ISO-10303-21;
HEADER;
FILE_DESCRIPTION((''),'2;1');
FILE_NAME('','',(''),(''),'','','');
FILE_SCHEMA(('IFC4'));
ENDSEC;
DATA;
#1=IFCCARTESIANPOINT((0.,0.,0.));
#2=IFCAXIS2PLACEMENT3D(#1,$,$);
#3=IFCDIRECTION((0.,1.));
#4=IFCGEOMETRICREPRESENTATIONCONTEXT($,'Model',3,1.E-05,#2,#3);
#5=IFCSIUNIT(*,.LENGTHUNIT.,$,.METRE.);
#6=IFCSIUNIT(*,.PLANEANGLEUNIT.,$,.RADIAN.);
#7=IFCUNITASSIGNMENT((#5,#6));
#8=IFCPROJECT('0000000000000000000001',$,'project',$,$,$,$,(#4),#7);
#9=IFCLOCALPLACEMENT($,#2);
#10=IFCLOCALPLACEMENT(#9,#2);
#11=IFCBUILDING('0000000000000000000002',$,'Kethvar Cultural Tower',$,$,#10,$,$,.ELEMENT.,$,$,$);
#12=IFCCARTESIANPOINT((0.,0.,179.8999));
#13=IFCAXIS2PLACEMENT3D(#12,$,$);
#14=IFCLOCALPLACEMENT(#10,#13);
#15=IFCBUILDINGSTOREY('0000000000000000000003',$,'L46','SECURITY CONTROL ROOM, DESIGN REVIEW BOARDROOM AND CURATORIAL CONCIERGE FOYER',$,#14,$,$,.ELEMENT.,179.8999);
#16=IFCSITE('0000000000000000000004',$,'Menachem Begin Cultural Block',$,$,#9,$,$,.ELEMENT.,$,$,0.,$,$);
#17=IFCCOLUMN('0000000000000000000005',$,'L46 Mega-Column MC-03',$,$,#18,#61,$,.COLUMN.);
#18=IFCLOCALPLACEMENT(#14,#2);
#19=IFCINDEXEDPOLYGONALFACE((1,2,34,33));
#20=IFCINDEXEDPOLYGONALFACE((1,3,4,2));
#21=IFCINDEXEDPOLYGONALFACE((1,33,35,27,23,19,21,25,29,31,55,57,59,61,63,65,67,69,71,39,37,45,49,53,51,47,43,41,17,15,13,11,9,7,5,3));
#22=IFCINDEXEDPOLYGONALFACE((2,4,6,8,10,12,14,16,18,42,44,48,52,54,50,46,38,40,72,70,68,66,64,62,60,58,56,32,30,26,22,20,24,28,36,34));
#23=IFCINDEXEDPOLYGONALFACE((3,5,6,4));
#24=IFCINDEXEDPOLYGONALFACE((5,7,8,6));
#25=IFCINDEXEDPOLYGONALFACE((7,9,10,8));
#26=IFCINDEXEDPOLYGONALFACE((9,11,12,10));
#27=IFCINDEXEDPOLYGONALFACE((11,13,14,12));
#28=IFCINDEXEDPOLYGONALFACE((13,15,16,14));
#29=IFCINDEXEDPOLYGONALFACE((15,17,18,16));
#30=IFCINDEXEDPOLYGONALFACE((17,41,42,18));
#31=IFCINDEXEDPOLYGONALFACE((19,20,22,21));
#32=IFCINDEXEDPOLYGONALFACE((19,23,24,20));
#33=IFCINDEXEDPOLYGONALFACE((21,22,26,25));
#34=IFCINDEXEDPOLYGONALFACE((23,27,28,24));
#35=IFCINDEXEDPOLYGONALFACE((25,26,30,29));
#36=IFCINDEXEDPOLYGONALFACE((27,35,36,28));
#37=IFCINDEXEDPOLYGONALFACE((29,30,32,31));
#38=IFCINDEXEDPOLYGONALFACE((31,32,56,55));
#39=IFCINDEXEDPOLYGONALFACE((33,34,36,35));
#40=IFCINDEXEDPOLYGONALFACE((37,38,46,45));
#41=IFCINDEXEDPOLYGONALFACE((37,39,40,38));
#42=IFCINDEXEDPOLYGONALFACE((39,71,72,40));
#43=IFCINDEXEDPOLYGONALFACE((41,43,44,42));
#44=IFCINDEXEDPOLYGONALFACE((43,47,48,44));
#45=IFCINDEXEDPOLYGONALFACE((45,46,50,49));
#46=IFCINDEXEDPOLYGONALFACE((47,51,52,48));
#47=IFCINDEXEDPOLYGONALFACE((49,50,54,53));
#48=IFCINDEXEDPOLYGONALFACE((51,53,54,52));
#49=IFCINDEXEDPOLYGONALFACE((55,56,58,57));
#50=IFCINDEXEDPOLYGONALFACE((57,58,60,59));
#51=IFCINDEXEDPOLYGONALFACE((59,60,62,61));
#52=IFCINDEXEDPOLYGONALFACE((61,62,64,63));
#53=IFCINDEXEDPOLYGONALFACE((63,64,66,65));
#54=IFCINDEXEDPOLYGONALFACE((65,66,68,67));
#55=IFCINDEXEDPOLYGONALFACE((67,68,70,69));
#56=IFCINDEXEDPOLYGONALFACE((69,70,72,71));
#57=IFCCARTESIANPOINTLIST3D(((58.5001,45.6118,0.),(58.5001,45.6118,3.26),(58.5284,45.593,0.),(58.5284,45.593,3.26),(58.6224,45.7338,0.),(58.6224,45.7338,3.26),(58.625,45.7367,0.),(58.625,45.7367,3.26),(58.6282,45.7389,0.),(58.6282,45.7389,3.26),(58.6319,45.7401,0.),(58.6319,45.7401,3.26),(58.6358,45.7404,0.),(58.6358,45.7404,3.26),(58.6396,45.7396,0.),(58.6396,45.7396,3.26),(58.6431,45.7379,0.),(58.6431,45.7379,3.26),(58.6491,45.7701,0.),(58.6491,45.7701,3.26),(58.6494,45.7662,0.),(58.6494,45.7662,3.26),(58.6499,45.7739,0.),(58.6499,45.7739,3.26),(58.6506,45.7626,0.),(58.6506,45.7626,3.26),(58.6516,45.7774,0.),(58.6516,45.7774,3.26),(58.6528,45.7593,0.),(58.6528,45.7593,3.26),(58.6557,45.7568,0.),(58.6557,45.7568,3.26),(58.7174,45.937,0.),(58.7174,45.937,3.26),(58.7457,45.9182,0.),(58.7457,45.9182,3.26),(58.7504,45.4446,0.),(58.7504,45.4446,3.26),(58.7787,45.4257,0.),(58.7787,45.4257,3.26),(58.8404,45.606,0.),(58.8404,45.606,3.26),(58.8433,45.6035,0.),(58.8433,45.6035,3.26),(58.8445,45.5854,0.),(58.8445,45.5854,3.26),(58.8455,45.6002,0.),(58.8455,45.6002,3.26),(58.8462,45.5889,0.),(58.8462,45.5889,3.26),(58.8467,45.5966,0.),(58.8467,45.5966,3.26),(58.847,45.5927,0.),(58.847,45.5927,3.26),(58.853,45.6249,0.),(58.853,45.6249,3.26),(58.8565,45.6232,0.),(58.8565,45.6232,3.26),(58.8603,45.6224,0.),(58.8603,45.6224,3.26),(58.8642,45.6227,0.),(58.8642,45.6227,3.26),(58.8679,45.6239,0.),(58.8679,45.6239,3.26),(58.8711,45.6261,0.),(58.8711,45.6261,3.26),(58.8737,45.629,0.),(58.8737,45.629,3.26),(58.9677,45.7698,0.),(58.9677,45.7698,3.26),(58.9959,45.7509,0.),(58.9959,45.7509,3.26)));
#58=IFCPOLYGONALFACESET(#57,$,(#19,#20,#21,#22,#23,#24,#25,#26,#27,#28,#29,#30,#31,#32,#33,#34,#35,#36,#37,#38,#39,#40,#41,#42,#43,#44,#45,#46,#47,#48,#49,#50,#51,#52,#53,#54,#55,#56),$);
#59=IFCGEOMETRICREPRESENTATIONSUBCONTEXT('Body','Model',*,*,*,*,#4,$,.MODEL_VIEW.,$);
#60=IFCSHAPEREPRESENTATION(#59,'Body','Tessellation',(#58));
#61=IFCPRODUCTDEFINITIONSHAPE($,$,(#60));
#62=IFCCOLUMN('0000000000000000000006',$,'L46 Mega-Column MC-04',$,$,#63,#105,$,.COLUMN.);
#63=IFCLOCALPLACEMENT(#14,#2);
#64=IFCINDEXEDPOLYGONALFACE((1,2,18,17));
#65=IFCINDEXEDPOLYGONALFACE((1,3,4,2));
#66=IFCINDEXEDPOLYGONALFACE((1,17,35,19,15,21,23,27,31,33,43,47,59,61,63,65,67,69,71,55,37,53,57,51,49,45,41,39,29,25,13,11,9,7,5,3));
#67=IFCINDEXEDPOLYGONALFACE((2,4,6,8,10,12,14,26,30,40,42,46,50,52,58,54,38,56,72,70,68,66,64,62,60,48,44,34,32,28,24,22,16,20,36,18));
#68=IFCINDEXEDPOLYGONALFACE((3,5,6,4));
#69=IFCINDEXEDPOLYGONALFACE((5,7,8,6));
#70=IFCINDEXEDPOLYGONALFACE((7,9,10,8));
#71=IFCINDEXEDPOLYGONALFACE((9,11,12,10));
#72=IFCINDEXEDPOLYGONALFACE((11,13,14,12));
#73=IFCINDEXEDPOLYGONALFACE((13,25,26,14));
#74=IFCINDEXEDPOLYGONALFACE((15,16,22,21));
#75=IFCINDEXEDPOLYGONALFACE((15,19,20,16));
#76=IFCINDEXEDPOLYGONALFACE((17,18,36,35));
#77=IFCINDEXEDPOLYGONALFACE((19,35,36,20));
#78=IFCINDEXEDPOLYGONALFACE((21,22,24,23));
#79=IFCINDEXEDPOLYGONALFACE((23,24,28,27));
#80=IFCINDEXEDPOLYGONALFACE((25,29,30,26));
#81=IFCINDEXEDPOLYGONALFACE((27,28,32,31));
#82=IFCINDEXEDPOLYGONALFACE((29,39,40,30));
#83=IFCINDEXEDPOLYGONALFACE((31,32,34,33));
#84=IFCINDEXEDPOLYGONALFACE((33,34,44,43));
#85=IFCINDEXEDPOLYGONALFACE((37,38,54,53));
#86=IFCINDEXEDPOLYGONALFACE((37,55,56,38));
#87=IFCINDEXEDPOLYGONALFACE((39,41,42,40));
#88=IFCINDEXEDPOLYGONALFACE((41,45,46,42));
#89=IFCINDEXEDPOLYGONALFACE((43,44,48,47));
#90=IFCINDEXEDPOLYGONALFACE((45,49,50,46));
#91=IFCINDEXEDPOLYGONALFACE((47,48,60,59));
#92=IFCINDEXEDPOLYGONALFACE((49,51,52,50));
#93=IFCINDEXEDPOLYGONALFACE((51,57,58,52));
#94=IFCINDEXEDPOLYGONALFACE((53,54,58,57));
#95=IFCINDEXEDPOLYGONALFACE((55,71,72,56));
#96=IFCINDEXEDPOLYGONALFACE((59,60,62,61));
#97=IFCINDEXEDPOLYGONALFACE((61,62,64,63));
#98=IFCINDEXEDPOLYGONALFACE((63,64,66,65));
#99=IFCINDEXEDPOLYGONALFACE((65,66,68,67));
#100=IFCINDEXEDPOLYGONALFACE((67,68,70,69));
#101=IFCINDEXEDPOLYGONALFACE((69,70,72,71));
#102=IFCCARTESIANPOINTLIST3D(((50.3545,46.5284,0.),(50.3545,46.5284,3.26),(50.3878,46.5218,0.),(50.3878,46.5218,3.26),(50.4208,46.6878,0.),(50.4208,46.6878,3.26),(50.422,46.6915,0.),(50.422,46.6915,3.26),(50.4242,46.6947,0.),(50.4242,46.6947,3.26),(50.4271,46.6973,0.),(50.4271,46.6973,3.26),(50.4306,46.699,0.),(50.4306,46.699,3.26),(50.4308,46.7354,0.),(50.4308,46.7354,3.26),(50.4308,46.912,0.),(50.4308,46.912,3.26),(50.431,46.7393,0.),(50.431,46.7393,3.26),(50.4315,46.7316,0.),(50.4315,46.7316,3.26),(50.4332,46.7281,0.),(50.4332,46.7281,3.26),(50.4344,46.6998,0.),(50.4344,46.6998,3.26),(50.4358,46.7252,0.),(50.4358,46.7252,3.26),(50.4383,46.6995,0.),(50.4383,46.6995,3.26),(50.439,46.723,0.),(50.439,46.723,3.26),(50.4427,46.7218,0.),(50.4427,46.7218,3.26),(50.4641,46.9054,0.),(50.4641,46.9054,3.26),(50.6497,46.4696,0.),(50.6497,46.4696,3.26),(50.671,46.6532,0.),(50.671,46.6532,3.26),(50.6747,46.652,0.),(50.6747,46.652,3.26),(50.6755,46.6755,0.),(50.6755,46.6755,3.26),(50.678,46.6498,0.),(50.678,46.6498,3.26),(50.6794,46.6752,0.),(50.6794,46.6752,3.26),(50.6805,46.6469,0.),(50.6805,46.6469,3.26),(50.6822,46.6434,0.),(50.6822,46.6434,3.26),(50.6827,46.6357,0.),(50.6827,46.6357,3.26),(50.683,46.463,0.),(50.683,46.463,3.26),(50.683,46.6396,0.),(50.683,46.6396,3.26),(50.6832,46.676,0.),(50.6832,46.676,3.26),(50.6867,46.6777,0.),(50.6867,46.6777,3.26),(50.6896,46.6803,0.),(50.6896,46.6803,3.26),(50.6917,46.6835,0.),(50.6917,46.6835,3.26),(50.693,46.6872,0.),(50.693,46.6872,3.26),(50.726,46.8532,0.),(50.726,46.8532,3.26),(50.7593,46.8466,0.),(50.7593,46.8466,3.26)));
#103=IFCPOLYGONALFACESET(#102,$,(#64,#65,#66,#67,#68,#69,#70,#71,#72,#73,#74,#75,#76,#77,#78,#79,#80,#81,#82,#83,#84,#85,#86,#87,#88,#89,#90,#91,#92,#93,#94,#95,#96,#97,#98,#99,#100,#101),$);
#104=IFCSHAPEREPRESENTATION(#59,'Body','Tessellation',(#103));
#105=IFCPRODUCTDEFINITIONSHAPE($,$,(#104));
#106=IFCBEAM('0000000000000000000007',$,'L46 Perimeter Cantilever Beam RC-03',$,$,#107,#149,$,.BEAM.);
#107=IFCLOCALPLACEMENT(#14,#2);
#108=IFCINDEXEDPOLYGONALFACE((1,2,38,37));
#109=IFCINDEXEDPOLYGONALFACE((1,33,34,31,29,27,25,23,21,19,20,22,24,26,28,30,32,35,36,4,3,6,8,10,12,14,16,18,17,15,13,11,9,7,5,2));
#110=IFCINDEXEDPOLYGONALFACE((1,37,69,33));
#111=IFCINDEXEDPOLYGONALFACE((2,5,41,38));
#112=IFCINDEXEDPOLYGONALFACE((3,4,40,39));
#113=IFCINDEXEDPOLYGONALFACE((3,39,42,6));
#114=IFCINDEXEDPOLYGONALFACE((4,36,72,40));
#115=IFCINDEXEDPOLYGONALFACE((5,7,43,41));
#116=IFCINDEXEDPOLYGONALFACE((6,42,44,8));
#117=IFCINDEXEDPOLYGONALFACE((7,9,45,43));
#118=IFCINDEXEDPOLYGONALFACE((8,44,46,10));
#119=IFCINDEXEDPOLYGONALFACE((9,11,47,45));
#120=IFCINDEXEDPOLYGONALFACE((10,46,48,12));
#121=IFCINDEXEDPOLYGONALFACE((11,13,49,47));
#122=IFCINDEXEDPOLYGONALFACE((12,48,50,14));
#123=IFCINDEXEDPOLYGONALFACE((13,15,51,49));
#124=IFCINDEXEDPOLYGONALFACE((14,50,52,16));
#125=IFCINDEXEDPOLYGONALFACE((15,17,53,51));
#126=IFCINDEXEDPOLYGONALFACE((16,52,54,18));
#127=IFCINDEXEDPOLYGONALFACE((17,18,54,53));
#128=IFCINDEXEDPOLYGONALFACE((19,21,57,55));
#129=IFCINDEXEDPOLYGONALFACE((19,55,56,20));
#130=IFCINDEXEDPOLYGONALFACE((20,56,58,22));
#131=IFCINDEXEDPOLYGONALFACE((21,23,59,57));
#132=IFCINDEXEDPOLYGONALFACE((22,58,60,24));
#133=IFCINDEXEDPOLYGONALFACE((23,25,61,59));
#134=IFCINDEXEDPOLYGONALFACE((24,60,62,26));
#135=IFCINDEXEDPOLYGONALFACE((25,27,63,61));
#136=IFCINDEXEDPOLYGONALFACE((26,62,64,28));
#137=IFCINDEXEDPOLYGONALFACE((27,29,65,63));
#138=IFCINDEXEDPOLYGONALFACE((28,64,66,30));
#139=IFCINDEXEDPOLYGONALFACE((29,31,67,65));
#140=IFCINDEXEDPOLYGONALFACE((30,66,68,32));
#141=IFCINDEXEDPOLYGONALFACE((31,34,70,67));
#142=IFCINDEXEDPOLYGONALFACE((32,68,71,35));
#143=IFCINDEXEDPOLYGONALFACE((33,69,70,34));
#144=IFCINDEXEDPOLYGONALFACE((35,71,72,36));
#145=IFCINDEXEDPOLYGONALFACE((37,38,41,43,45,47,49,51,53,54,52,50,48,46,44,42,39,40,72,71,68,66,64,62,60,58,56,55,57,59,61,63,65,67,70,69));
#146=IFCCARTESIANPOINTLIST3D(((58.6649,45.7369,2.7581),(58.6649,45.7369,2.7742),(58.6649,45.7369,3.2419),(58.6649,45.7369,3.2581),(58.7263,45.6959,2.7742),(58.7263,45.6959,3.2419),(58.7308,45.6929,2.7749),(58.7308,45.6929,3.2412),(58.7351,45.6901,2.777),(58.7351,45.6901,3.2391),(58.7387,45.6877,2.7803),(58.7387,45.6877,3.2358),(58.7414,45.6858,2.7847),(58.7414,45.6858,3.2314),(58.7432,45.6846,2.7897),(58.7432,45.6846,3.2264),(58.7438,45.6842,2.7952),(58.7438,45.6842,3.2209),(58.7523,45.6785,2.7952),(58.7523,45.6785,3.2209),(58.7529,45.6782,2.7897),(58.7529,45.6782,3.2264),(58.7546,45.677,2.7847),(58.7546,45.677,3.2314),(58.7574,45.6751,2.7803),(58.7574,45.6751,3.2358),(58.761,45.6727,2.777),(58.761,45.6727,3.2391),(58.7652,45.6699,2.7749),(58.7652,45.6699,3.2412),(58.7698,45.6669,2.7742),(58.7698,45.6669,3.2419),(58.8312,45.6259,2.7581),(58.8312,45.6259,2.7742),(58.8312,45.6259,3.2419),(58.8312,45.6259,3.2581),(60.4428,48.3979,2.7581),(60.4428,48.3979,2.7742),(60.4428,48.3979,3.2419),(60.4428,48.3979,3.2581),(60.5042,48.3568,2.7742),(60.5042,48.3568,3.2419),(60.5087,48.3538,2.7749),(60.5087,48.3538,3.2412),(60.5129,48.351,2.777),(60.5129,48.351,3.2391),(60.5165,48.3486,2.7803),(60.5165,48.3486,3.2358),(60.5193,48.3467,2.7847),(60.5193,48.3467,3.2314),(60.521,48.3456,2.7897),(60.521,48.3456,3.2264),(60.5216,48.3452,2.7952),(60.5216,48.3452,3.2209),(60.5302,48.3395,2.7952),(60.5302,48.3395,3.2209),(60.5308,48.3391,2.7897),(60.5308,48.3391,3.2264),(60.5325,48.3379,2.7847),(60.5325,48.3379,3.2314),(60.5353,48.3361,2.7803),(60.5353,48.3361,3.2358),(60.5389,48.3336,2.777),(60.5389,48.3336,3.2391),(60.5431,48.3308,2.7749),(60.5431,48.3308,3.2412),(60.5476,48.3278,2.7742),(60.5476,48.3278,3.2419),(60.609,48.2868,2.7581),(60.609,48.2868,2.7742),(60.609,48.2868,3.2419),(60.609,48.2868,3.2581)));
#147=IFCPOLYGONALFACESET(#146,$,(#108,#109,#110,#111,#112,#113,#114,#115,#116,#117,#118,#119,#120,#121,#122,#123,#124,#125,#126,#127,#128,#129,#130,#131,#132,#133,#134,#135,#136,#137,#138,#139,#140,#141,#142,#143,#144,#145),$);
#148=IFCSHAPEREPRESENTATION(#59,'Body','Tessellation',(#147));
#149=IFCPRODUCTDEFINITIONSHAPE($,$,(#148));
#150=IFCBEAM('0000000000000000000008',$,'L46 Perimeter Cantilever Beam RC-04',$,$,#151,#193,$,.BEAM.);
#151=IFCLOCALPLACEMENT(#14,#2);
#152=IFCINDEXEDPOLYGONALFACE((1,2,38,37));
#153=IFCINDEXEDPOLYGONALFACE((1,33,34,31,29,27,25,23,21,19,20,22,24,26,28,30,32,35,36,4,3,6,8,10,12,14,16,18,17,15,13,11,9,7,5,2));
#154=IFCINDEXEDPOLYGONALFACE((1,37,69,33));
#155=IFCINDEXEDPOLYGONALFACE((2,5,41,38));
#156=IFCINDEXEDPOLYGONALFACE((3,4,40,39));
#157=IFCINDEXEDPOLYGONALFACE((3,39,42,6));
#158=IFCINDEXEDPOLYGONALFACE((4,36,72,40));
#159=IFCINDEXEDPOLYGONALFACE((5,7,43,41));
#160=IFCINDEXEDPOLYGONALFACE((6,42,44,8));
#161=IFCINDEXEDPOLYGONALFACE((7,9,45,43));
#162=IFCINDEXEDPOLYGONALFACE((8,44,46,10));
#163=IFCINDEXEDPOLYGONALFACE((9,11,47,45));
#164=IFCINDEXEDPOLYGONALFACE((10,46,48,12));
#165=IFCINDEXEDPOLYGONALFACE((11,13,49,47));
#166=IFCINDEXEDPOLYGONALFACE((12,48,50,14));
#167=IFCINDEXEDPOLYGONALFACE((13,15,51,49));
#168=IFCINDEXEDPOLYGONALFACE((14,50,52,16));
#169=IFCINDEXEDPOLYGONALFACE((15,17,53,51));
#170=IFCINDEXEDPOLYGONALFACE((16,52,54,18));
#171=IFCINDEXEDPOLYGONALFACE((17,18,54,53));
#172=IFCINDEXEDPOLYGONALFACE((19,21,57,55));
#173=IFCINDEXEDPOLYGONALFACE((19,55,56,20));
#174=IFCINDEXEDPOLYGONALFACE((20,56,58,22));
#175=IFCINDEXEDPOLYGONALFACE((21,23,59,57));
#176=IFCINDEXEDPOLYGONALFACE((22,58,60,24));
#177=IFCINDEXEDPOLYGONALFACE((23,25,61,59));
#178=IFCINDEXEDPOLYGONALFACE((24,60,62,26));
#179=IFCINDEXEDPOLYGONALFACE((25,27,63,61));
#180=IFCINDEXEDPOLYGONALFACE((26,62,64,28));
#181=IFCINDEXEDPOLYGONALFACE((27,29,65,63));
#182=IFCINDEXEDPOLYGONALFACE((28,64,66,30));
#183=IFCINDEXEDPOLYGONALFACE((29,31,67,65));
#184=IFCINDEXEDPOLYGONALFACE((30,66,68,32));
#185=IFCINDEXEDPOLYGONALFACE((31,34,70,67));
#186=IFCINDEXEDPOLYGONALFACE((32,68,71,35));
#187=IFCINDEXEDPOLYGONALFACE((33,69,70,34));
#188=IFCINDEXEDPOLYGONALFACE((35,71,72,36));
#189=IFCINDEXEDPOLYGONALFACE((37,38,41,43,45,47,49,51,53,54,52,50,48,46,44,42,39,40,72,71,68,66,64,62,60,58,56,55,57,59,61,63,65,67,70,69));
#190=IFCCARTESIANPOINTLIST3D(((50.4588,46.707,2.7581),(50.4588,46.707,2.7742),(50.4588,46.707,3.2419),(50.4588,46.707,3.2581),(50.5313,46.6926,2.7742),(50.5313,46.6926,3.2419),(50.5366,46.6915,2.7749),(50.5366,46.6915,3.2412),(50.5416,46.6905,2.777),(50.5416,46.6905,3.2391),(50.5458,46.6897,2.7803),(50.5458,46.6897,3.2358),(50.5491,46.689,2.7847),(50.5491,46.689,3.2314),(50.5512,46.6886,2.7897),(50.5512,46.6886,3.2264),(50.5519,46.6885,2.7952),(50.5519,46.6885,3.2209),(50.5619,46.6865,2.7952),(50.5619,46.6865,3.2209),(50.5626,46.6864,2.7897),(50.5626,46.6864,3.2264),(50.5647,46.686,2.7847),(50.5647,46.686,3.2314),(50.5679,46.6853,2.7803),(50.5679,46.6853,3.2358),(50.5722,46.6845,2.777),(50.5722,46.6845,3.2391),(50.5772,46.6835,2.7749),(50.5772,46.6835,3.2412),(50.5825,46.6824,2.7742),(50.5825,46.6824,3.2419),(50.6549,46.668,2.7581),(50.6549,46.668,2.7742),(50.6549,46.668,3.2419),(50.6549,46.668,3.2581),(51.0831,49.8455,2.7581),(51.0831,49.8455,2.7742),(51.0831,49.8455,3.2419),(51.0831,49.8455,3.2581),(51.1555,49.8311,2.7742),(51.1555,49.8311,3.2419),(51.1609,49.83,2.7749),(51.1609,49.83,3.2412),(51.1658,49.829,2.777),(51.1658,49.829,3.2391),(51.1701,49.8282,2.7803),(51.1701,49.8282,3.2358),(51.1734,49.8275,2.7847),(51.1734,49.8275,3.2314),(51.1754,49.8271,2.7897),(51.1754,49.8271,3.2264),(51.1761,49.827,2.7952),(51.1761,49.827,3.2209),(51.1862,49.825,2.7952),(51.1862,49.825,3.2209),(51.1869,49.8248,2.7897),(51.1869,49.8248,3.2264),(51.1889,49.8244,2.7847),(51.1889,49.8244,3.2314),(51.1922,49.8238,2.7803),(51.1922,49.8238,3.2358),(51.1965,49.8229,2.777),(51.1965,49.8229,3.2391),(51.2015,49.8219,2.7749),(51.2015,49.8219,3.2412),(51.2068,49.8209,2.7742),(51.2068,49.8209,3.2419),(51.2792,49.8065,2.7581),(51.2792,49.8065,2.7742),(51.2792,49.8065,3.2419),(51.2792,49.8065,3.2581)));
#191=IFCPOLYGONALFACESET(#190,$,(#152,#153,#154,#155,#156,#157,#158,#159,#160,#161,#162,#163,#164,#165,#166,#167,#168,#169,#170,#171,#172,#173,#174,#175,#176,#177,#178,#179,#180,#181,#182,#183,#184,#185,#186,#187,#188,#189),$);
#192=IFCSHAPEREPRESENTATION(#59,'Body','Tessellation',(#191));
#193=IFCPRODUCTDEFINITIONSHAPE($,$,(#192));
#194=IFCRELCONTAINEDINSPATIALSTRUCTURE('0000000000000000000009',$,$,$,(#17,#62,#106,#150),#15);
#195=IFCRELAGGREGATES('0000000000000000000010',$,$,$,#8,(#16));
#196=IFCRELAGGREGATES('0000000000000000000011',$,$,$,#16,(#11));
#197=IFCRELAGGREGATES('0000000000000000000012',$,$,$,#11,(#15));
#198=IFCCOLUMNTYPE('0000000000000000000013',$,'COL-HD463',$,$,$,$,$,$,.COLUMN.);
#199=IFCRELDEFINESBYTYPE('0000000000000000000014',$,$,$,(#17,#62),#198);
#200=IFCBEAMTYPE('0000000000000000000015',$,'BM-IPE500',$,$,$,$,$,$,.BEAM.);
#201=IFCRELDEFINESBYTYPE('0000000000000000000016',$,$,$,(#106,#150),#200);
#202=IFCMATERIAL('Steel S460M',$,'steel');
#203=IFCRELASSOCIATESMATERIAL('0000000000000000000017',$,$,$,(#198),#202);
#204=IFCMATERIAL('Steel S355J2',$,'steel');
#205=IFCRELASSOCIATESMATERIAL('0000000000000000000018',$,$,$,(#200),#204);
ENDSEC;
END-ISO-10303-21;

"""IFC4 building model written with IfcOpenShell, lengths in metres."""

from ifc_helpers import new_model, si_unit, direction, frame, origin, origin_2d, place, context, subcontext, project, spatial, i_section, extrude, source, transform, mapped, material, material_profile, profile_set, type_object, element, save


model = new_model("IFC4")

# Units and contexts
model_context = context("Model", 3, precision=1e-05, world=origin(), true_north=direction((0.0, 1.0)))
body_context = subcontext(model_context, "Body", "Model", "MODEL_VIEW")
ifc_project = project(units=[si_unit("LENGTHUNIT", "METRE"), si_unit("PLANEANGLEUNIT", "RADIAN")], contexts=[model_context])

# Site, building, storey
site_placement = place(None, origin())
site = spatial("IfcSite", under=ifc_project, at=site_placement, Name="Menachem Begin Cultural Block", CompositionType="ELEMENT", RefElevation=0.0)
building_placement = place(site_placement, origin())
building = spatial("IfcBuilding", under=site, at=building_placement, Name="Kethvar Cultural Tower", CompositionType="ELEMENT")
storey_placement = place(building_placement, frame((0.0, 0.0, 179.8999)))
storey = spatial("IfcBuildingStorey", under=building, at=storey_placement, Name="L46", Description="SECURITY CONTROL ROOM, DESIGN REVIEW BOARDROOM AND CURATORIAL CONCIERGE FOYER", CompositionType="ELEMENT", Elevation=179.8999)

# Columns
ifc_material_1 = material(Name="Steel S460M", Category="steel")
ifc_material_profile_1 = material_profile(ifc_material_1, i_section(OverallWidth=0.3911, OverallDepth=0.335, WebThickness=0.0227, FlangeThickness=0.0339, FilletRadius=0.0149, at=origin_2d()), Name="Steel S460M — HD400x463")
ifc_profile_set_1 = profile_set([ifc_material_profile_1], Name="Steel S460M — HD400x463")
column_type = type_object("IfcColumnType", Name="COL-HD463", PredefinedType="COLUMN", material=ifc_profile_set_1)
shared_shape_1 = source(origin(), body_context, "Body", "SweptSolid", [
    extrude(i_section(OverallWidth=0.3911, OverallDepth=0.335, WebThickness=0.0227, FlangeThickness=0.0339, FilletRadius=0.0149, at=origin_2d()), origin(), (0.0, 0.0, 1.0), 3.26),
])
for number, where, z_axis, x_axis, name in (
    (1, (58.748, 45.6814, 0.0), (0.0, 0.0, 1.0), (0.55557, 0.83147, 0.0), "L46 Mega-Column MC-03"),
    (2, (50.5569, 46.6875, 0.0), (0.0, 0.0, 1.0), (0.19509, 0.980785, 0.0), "L46 Mega-Column MC-04"),
):
    element("IfcColumn", number, at=place(storey_placement, frame(where, z_axis=z_axis, x_axis=x_axis)), inside=storey, type_object=column_type, Name=name, PredefinedType="COLUMN", context=body_context, shape_type="MappedRepresentation", body=[
        mapped(shared_shape_1, transform((0.0, 0.0, 0.0), scale=1.0)),
    ])

# Beams
ifc_material_2 = material(Name="Steel S355J2", Category="steel")
ifc_material_profile_2 = material_profile(ifc_material_2, i_section(OverallWidth=0.2, OverallDepth=0.5, WebThickness=0.0103, FlangeThickness=0.0161, FilletRadius=0.021, at=origin_2d()), Name="Steel S355J2 — IPE500")
ifc_profile_set_2 = profile_set([ifc_material_profile_2], Name="Steel S355J2 — IPE500")
beam_type_1 = type_object("IfcBeamType", Name="BM-IPE500", PredefinedType="BEAM", material=ifc_profile_set_2)
shared_shape_2 = source(origin(), body_context, "Body", "SweptSolid", [
    extrude(i_section(OverallWidth=0.2, OverallDepth=0.5, WebThickness=0.0103, FlangeThickness=0.0161, FilletRadius=0.021, at=origin_2d()), origin(), (0.0, 0.0, 1.0), 3.2002),
])
beam_1_placement = place(storey_placement, frame((58.748, 45.6814, 3.0081), z_axis=(0.555545, 0.831486, 0.0), x_axis=(-0.831486, 0.555545, 0.0)))
element("IfcBeam", 3, at=beam_1_placement, inside=storey, type_object=beam_type_1, Name="L46 Perimeter Cantilever Beam RC-03", PredefinedType="BEAM", context=body_context, shape_type="MappedRepresentation", body=[
    mapped(shared_shape_2, transform((0.0, 0.0, 0.0), scale=1.0)),
])
shared_shape_3 = source(origin(), body_context, "Body", "SweptSolid", [
    extrude(i_section(OverallWidth=0.2, OverallDepth=0.5, WebThickness=0.0103, FlangeThickness=0.0161, FilletRadius=0.021, at=origin_2d()), origin(), (0.0, 0.0, 1.0), 3.2),
])
beam_2_placement = place(storey_placement, frame((50.5569, 46.6875, 3.0081), z_axis=(0.195089, 0.980786, 0.0), x_axis=(-0.980786, 0.195089, 0.0)))
element("IfcBeam", 4, at=beam_2_placement, inside=storey, type_object=beam_type_1, Name="L46 Perimeter Cantilever Beam RC-04", PredefinedType="BEAM", context=body_context, shape_type="MappedRepresentation", body=[
    mapped(shared_shape_3, transform((0.0, 0.0, 0.0), scale=1.0)),
])

save(model, "model.ifc")
